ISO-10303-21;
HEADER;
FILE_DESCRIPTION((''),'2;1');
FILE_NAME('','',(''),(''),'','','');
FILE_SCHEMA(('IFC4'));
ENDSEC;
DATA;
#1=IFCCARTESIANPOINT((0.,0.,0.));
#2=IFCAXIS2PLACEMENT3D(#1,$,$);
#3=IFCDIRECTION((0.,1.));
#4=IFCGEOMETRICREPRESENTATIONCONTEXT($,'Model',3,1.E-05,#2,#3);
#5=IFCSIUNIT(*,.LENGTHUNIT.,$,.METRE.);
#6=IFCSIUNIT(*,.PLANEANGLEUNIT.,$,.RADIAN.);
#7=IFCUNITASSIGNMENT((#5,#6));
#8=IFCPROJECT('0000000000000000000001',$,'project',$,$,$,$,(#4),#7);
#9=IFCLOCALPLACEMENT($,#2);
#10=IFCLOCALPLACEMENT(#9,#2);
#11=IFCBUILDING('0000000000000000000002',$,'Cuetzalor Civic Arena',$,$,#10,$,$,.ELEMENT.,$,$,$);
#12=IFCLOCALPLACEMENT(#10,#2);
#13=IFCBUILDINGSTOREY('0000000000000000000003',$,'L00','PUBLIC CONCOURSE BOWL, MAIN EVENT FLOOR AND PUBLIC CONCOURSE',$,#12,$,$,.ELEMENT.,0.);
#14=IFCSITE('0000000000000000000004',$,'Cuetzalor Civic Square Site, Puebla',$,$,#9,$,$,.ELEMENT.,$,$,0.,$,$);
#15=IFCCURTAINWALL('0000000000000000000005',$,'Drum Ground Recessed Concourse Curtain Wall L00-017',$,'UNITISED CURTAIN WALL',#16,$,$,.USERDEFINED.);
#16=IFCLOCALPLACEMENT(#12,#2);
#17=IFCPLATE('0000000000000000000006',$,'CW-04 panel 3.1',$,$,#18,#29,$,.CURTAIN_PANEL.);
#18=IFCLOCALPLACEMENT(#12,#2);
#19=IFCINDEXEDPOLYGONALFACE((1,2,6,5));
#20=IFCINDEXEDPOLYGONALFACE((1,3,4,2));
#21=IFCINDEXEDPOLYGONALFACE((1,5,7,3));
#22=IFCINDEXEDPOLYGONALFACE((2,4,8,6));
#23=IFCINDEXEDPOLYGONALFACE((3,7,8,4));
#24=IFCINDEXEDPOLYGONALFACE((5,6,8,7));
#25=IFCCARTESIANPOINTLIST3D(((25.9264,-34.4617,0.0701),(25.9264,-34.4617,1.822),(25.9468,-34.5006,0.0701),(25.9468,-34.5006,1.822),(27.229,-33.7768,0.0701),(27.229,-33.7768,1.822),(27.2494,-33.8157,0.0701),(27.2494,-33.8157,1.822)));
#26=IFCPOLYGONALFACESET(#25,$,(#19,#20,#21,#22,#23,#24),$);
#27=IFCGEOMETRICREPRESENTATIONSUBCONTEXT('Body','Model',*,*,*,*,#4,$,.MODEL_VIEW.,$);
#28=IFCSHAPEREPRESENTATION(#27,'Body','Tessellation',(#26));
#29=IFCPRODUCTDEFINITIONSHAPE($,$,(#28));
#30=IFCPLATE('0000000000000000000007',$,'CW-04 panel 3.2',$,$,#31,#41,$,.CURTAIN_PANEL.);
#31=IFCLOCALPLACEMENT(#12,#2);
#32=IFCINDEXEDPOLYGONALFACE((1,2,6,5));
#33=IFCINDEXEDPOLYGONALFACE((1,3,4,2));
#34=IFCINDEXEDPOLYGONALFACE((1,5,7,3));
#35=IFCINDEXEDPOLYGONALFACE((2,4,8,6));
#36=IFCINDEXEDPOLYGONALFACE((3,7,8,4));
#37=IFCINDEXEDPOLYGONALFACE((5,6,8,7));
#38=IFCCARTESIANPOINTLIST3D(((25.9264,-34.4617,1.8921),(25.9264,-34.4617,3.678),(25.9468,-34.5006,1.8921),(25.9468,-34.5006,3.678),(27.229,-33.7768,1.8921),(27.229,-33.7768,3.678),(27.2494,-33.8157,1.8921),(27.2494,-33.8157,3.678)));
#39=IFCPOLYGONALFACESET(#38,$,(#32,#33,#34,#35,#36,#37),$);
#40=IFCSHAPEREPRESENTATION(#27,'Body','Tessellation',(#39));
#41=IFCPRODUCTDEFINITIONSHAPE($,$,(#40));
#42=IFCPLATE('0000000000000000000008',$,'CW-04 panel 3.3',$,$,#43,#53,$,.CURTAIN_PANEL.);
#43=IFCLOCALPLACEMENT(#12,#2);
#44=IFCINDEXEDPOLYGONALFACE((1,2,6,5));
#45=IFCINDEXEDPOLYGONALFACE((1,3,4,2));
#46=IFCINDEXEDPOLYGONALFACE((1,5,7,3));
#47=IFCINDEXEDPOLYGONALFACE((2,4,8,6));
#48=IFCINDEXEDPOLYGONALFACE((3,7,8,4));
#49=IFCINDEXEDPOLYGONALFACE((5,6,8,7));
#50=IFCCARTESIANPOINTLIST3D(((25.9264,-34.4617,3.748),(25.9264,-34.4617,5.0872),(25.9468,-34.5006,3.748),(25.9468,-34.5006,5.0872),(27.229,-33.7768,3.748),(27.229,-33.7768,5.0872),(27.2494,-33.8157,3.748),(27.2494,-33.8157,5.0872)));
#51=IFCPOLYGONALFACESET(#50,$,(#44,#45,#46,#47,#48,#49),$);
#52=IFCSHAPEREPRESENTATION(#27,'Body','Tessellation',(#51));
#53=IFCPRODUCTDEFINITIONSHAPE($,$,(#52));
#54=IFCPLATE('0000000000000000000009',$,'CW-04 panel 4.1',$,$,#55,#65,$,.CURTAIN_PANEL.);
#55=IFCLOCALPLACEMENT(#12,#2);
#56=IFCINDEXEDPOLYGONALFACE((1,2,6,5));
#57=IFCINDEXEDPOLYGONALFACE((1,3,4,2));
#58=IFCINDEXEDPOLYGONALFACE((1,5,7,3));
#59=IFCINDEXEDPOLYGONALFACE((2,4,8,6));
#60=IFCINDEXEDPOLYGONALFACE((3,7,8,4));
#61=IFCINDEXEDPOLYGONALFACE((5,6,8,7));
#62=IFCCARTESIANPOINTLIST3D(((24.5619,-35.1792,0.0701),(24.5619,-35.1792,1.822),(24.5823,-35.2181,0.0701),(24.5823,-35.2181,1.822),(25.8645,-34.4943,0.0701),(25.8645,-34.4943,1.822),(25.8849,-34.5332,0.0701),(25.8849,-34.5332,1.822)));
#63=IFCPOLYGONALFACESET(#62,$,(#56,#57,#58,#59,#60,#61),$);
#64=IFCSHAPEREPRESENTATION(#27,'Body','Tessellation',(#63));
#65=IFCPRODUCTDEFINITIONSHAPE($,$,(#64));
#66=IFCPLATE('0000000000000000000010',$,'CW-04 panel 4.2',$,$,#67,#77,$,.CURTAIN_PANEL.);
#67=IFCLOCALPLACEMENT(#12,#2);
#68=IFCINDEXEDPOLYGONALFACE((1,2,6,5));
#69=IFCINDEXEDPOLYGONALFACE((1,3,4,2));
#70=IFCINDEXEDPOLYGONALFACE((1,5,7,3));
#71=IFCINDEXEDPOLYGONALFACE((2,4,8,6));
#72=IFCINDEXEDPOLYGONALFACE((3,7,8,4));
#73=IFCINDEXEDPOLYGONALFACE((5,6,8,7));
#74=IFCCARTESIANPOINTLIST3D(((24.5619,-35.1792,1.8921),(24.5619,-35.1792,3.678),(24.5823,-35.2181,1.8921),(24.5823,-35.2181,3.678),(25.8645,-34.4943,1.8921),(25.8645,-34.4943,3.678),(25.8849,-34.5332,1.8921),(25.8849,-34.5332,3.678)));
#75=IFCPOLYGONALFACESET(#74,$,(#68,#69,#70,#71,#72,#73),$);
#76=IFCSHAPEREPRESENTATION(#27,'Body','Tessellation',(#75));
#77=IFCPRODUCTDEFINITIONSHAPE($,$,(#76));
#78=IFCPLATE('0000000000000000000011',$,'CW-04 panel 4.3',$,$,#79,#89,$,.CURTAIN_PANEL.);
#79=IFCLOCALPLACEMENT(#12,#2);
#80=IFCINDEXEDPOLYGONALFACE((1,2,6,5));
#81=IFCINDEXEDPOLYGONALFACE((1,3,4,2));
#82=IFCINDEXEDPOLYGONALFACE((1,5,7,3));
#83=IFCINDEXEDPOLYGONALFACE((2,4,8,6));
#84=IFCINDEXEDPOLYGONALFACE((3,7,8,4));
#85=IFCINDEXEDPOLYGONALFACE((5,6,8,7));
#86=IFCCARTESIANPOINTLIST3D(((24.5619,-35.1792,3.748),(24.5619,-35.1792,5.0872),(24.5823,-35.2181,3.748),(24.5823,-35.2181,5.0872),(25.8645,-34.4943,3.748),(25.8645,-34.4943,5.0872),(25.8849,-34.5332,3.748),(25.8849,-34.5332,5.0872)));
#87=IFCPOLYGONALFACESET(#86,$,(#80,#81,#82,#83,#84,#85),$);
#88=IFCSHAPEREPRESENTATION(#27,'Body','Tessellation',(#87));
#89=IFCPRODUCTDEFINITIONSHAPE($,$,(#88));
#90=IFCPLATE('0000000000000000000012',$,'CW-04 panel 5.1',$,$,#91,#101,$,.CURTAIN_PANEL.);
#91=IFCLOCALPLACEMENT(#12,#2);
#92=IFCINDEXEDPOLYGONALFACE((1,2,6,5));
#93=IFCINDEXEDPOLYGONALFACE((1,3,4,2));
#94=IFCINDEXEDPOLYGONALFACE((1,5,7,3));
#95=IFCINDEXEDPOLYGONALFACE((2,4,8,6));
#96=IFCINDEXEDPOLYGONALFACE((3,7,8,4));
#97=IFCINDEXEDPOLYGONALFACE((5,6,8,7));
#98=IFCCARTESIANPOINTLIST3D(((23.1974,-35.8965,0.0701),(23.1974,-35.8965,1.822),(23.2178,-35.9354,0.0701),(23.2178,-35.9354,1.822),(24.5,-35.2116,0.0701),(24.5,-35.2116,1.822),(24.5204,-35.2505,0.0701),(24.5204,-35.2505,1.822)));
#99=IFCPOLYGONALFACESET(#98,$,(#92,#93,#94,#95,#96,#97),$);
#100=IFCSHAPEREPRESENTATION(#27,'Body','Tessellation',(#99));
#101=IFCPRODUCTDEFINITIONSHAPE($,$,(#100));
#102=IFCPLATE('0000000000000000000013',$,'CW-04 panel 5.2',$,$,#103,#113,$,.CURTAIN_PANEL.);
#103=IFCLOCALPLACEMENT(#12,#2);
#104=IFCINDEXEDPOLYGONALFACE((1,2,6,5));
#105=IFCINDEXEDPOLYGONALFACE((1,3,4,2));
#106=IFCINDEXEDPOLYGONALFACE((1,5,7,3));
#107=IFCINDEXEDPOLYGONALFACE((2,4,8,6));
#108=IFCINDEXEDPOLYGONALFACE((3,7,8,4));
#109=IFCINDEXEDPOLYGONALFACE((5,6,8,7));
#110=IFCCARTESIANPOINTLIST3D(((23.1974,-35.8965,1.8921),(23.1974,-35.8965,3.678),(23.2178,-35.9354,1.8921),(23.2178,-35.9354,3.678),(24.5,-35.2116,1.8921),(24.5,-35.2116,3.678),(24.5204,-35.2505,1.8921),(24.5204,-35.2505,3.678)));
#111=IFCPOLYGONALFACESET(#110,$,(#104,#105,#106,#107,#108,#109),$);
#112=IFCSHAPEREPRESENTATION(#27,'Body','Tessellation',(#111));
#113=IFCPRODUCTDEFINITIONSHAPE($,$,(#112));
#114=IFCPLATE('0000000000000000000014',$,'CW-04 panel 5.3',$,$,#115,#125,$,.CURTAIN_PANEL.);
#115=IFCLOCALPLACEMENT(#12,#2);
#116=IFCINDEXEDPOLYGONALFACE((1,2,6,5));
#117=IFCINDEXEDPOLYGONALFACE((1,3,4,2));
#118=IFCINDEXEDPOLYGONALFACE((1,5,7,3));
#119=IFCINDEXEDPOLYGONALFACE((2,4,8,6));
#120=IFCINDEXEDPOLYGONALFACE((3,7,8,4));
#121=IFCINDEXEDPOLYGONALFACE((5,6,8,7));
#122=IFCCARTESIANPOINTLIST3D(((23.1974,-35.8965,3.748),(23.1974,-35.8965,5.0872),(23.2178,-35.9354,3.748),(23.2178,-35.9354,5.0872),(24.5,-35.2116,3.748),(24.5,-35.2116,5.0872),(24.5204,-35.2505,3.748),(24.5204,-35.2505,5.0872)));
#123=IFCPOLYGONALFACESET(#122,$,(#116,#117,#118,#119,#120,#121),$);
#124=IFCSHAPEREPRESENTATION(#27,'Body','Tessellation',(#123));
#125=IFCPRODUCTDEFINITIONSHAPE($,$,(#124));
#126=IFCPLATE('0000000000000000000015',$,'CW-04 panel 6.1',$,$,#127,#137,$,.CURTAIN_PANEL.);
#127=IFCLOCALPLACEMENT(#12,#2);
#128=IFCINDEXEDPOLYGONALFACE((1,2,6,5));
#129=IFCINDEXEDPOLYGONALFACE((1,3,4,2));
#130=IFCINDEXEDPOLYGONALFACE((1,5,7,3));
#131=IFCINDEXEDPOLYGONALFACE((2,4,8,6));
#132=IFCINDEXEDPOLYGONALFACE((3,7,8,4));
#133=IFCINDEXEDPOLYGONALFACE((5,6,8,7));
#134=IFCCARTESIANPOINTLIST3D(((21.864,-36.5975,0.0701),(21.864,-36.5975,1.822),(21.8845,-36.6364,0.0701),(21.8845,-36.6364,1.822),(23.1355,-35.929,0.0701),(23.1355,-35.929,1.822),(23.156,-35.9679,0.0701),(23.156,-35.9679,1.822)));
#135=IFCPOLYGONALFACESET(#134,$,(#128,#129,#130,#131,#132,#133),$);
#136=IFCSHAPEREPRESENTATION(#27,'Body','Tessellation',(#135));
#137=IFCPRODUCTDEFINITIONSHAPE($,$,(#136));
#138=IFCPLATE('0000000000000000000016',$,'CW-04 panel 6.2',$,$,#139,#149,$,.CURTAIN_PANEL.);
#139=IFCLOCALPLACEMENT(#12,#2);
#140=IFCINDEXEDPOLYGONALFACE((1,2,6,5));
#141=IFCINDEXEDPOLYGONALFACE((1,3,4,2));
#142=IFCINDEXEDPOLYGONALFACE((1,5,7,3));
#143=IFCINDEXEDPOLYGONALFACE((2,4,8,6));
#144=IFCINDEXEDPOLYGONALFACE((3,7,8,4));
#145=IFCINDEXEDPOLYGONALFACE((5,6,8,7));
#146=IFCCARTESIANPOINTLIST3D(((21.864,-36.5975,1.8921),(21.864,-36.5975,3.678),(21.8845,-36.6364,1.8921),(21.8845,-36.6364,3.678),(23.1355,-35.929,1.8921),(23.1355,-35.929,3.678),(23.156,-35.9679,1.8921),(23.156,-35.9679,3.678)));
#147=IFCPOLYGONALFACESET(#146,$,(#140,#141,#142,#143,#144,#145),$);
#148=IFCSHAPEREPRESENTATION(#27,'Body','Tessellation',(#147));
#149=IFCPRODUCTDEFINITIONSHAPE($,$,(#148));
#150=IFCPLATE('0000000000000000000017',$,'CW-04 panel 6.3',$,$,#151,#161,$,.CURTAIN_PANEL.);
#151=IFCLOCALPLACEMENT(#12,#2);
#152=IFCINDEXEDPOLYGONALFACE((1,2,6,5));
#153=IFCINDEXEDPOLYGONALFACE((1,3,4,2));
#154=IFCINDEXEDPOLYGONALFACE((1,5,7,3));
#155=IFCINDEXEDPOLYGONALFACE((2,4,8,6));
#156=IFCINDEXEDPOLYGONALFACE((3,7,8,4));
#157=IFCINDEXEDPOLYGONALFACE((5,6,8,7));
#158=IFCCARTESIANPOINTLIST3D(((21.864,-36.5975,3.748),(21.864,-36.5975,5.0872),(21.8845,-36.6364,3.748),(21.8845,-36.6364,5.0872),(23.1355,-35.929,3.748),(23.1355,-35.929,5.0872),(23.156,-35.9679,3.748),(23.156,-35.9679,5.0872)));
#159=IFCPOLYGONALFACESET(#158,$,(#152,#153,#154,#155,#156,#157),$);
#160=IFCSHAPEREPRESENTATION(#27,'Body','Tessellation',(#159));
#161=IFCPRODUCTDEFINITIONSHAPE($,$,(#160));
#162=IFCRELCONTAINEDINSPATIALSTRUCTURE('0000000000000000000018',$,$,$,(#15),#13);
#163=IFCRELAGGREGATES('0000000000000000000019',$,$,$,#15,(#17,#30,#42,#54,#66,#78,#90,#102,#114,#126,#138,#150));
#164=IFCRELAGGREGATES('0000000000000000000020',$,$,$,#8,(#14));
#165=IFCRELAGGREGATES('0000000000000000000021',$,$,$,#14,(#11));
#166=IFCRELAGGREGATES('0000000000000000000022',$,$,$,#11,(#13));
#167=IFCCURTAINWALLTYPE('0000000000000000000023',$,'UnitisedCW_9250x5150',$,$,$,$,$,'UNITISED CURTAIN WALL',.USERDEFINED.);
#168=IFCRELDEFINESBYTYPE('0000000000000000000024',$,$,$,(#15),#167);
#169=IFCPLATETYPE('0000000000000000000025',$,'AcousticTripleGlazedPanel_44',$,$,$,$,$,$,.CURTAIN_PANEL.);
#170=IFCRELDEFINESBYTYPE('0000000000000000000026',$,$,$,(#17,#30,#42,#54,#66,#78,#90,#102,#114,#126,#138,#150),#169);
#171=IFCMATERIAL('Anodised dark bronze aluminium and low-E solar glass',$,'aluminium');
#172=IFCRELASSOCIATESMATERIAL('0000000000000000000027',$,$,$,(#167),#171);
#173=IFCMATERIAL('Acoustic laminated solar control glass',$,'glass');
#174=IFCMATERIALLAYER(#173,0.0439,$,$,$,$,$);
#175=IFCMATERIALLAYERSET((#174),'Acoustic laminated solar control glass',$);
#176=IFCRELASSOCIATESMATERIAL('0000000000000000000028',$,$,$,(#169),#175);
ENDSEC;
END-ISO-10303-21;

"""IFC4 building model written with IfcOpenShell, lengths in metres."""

from ifc_helpers import new_model, si_unit, direction, frame, origin, origin_2d, place, context, subcontext, project, spatial, rectangle, extrude, material, layer, layer_set, type_object, element, aggregate, save


model = new_model("IFC4")

# Units and contexts
model_context = context("Model", 3, precision=1e-05, world=origin(), true_north=direction((0.0, 1.0)))
body_context = subcontext(model_context, "Body", "Model", "MODEL_VIEW")
ifc_project = project(units=[si_unit("LENGTHUNIT", "METRE"), si_unit("PLANEANGLEUNIT", "RADIAN")], contexts=[model_context])

# Site, building, storey
site_placement = place(None, origin())
site = spatial("IfcSite", under=ifc_project, at=site_placement, Name="Cuetzalor Civic Square Site, Puebla", CompositionType="ELEMENT", RefElevation=0.0)
building_placement = place(site_placement, origin())
building = spatial("IfcBuilding", under=site, at=building_placement, Name="Cuetzalor Civic Arena", CompositionType="ELEMENT")
storey_placement = place(building_placement, origin())
storey = spatial("IfcBuildingStorey", under=building, at=storey_placement, Name="L00", Description="PUBLIC CONCOURSE BOWL, MAIN EVENT FLOOR AND PUBLIC CONCOURSE", CompositionType="ELEMENT", Elevation=0.0)

# Curtain wall
ifc_material_1 = material(Name="Anodised dark bronze aluminium and low-E solar glass", Category="aluminium")
curtain_wall_type = type_object("IfcCurtainWallType", Name="UnitisedCW_9250x5150", ElementType="UNITISED CURTAIN WALL", PredefinedType="USERDEFINED", material=ifc_material_1)
curtain_wall_placement = place(storey_placement, origin())
curtain_wall = element("IfcCurtainWall", 1, at=curtain_wall_placement, inside=storey, type_object=curtain_wall_type, Name="Drum Ground Recessed Concourse Curtain Wall L00-017", ObjectType="UNITISED CURTAIN WALL", PredefinedType="USERDEFINED")

# Plates
ifc_material_2 = material(Name="Acoustic laminated solar control glass", Category="glass")
ifc_layer = layer(ifc_material_2, 0.0439)
ifc_layer_set = layer_set([ifc_layer], Name="Acoustic laminated solar control glass")
plate_type = type_object("IfcPlateType", Name="AcousticTripleGlazedPanel_44", PredefinedType="CURTAIN_PANEL", material=ifc_layer_set)
plate_1_placement = place(storey_placement, frame((26.5879, -34.1387, 0.0701), z_axis=(0.0, 0.0, 1.0), x_axis=(-0.885118, -0.465366, 0.0)))
plate_1 = element("IfcPlate", 2, at=plate_1_placement, type_object=plate_type, Name="CW-04 panel 3.1", PredefinedType="CURTAIN_PANEL", context=body_context, shape_type="SweptSolid", body=[
    extrude(rectangle(XDim=1.4717, YDim=0.0439, at=origin_2d()), origin(), (0.0, 0.0, 1.0), 1.752),
])
plate_2_placement = place(storey_placement, frame((26.5879, -34.1387, 1.8921), z_axis=(0.0, 0.0, 1.0), x_axis=(-0.885118, -0.465366, 0.0)))
plate_2 = element("IfcPlate", 3, at=plate_2_placement, type_object=plate_type, Name="CW-04 panel 3.2", PredefinedType="CURTAIN_PANEL", context=body_context, shape_type="SweptSolid", body=[
    extrude(rectangle(XDim=1.4717, YDim=0.0439, at=origin_2d()), origin(), (0.0, 0.0, 1.0), 1.7859),
])
plate_3_placement = place(storey_placement, frame((26.5879, -34.1387, 3.748), z_axis=(0.0, 0.0, 1.0), x_axis=(-0.885118, -0.465366, 0.0)))
plate_3 = element("IfcPlate", 4, at=plate_3_placement, type_object=plate_type, Name="CW-04 panel 3.3", PredefinedType="CURTAIN_PANEL", context=body_context, shape_type="SweptSolid", body=[
    extrude(rectangle(XDim=1.4717, YDim=0.0439, at=origin_2d()), origin(), (0.0, 0.0, 1.0), 1.3391),
])
plate_4_placement = place(storey_placement, frame((25.2234, -34.8562, 0.0701), z_axis=(0.0, 0.0, 1.0), x_axis=(-0.885118, -0.465366, 0.0)))
plate_4 = element("IfcPlate", 5, at=plate_4_placement, type_object=plate_type, Name="CW-04 panel 4.1", PredefinedType="CURTAIN_PANEL", context=body_context, shape_type="SweptSolid", body=[
    extrude(rectangle(XDim=1.4717, YDim=0.0439, at=origin_2d()), origin(), (0.0, 0.0, 1.0), 1.752),
])
plate_5_placement = place(storey_placement, frame((25.2234, -34.8562, 1.8921), z_axis=(0.0, 0.0, 1.0), x_axis=(-0.885118, -0.465366, 0.0)))
plate_5 = element("IfcPlate", 6, at=plate_5_placement, type_object=plate_type, Name="CW-04 panel 4.2", PredefinedType="CURTAIN_PANEL", context=body_context, shape_type="SweptSolid", body=[
    extrude(rectangle(XDim=1.4717, YDim=0.0439, at=origin_2d()), origin(), (0.0, 0.0, 1.0), 1.7859),
])
plate_6_placement = place(storey_placement, frame((25.2234, -34.8562, 3.748), z_axis=(0.0, 0.0, 1.0), x_axis=(-0.885118, -0.465366, 0.0)))
plate_6 = element("IfcPlate", 7, at=plate_6_placement, type_object=plate_type, Name="CW-04 panel 4.3", PredefinedType="CURTAIN_PANEL", context=body_context, shape_type="SweptSolid", body=[
    extrude(rectangle(XDim=1.4717, YDim=0.0439, at=origin_2d()), origin(), (0.0, 0.0, 1.0), 1.3391),
])
plate_7_placement = place(storey_placement, frame((23.8589, -35.5735, 0.0701), z_axis=(0.0, 0.0, 1.0), x_axis=(-0.885118, -0.465366, 0.0)))
plate_7 = element("IfcPlate", 8, at=plate_7_placement, type_object=plate_type, Name="CW-04 panel 5.1", PredefinedType="CURTAIN_PANEL", context=body_context, shape_type="SweptSolid", body=[
    extrude(rectangle(XDim=1.4717, YDim=0.0439, at=origin_2d()), origin(), (0.0, 0.0, 1.0), 1.752),
])
plate_8_placement = place(storey_placement, frame((23.8589, -35.5735, 1.8921), z_axis=(0.0, 0.0, 1.0), x_axis=(-0.885118, -0.465366, 0.0)))
plate_8 = element("IfcPlate", 9, at=plate_8_placement, type_object=plate_type, Name="CW-04 panel 5.2", PredefinedType="CURTAIN_PANEL", context=body_context, shape_type="SweptSolid", body=[
    extrude(rectangle(XDim=1.4717, YDim=0.0439, at=origin_2d()), origin(), (0.0, 0.0, 1.0), 1.7859),
])
plate_9_placement = place(storey_placement, frame((23.8589, -35.5735, 3.748), z_axis=(0.0, 0.0, 1.0), x_axis=(-0.885118, -0.465366, 0.0)))
plate_9 = element("IfcPlate", 10, at=plate_9_placement, type_object=plate_type, Name="CW-04 panel 5.3", PredefinedType="CURTAIN_PANEL", context=body_context, shape_type="SweptSolid", body=[
    extrude(rectangle(XDim=1.4717, YDim=0.0439, at=origin_2d()), origin(), (0.0, 0.0, 1.0), 1.3391),
])
plate_10_placement = place(storey_placement, frame((22.51, -36.2827, 0.0701), z_axis=(0.0, 0.0, 1.0), x_axis=(-0.885118, -0.465366, 0.0)))
plate_10 = element("IfcPlate", 11, at=plate_10_placement, type_object=plate_type, Name="CW-04 panel 6.1", PredefinedType="CURTAIN_PANEL", context=body_context, shape_type="SweptSolid", body=[
    extrude(rectangle(XDim=1.4365, YDim=0.0439, at=origin_2d()), origin(), (0.0, 0.0, 1.0), 1.752),
])
plate_11_placement = place(storey_placement, frame((22.51, -36.2827, 1.8921), z_axis=(0.0, 0.0, 1.0), x_axis=(-0.885118, -0.465366, 0.0)))
plate_11 = element("IfcPlate", 12, at=plate_11_placement, type_object=plate_type, Name="CW-04 panel 6.2", PredefinedType="CURTAIN_PANEL", context=body_context, shape_type="SweptSolid", body=[
    extrude(rectangle(XDim=1.4365, YDim=0.0439, at=origin_2d()), origin(), (0.0, 0.0, 1.0), 1.7859),
])
plate_12_placement = place(storey_placement, frame((22.51, -36.2827, 3.748), z_axis=(0.0, 0.0, 1.0), x_axis=(-0.885118, -0.465366, 0.0)))
plate_12 = element("IfcPlate", 13, at=plate_12_placement, type_object=plate_type, Name="CW-04 panel 6.3", PredefinedType="CURTAIN_PANEL", context=body_context, shape_type="SweptSolid", body=[
    extrude(rectangle(XDim=1.4365, YDim=0.0439, at=origin_2d()), origin(), (0.0, 0.0, 1.0), 1.3391),
])
aggregate(curtain_wall, [plate_1, plate_2, plate_3, plate_4, plate_5, plate_6, plate_7, plate_8, plate_9, plate_10, plate_11, plate_12])

save(model, "model.ifc")
